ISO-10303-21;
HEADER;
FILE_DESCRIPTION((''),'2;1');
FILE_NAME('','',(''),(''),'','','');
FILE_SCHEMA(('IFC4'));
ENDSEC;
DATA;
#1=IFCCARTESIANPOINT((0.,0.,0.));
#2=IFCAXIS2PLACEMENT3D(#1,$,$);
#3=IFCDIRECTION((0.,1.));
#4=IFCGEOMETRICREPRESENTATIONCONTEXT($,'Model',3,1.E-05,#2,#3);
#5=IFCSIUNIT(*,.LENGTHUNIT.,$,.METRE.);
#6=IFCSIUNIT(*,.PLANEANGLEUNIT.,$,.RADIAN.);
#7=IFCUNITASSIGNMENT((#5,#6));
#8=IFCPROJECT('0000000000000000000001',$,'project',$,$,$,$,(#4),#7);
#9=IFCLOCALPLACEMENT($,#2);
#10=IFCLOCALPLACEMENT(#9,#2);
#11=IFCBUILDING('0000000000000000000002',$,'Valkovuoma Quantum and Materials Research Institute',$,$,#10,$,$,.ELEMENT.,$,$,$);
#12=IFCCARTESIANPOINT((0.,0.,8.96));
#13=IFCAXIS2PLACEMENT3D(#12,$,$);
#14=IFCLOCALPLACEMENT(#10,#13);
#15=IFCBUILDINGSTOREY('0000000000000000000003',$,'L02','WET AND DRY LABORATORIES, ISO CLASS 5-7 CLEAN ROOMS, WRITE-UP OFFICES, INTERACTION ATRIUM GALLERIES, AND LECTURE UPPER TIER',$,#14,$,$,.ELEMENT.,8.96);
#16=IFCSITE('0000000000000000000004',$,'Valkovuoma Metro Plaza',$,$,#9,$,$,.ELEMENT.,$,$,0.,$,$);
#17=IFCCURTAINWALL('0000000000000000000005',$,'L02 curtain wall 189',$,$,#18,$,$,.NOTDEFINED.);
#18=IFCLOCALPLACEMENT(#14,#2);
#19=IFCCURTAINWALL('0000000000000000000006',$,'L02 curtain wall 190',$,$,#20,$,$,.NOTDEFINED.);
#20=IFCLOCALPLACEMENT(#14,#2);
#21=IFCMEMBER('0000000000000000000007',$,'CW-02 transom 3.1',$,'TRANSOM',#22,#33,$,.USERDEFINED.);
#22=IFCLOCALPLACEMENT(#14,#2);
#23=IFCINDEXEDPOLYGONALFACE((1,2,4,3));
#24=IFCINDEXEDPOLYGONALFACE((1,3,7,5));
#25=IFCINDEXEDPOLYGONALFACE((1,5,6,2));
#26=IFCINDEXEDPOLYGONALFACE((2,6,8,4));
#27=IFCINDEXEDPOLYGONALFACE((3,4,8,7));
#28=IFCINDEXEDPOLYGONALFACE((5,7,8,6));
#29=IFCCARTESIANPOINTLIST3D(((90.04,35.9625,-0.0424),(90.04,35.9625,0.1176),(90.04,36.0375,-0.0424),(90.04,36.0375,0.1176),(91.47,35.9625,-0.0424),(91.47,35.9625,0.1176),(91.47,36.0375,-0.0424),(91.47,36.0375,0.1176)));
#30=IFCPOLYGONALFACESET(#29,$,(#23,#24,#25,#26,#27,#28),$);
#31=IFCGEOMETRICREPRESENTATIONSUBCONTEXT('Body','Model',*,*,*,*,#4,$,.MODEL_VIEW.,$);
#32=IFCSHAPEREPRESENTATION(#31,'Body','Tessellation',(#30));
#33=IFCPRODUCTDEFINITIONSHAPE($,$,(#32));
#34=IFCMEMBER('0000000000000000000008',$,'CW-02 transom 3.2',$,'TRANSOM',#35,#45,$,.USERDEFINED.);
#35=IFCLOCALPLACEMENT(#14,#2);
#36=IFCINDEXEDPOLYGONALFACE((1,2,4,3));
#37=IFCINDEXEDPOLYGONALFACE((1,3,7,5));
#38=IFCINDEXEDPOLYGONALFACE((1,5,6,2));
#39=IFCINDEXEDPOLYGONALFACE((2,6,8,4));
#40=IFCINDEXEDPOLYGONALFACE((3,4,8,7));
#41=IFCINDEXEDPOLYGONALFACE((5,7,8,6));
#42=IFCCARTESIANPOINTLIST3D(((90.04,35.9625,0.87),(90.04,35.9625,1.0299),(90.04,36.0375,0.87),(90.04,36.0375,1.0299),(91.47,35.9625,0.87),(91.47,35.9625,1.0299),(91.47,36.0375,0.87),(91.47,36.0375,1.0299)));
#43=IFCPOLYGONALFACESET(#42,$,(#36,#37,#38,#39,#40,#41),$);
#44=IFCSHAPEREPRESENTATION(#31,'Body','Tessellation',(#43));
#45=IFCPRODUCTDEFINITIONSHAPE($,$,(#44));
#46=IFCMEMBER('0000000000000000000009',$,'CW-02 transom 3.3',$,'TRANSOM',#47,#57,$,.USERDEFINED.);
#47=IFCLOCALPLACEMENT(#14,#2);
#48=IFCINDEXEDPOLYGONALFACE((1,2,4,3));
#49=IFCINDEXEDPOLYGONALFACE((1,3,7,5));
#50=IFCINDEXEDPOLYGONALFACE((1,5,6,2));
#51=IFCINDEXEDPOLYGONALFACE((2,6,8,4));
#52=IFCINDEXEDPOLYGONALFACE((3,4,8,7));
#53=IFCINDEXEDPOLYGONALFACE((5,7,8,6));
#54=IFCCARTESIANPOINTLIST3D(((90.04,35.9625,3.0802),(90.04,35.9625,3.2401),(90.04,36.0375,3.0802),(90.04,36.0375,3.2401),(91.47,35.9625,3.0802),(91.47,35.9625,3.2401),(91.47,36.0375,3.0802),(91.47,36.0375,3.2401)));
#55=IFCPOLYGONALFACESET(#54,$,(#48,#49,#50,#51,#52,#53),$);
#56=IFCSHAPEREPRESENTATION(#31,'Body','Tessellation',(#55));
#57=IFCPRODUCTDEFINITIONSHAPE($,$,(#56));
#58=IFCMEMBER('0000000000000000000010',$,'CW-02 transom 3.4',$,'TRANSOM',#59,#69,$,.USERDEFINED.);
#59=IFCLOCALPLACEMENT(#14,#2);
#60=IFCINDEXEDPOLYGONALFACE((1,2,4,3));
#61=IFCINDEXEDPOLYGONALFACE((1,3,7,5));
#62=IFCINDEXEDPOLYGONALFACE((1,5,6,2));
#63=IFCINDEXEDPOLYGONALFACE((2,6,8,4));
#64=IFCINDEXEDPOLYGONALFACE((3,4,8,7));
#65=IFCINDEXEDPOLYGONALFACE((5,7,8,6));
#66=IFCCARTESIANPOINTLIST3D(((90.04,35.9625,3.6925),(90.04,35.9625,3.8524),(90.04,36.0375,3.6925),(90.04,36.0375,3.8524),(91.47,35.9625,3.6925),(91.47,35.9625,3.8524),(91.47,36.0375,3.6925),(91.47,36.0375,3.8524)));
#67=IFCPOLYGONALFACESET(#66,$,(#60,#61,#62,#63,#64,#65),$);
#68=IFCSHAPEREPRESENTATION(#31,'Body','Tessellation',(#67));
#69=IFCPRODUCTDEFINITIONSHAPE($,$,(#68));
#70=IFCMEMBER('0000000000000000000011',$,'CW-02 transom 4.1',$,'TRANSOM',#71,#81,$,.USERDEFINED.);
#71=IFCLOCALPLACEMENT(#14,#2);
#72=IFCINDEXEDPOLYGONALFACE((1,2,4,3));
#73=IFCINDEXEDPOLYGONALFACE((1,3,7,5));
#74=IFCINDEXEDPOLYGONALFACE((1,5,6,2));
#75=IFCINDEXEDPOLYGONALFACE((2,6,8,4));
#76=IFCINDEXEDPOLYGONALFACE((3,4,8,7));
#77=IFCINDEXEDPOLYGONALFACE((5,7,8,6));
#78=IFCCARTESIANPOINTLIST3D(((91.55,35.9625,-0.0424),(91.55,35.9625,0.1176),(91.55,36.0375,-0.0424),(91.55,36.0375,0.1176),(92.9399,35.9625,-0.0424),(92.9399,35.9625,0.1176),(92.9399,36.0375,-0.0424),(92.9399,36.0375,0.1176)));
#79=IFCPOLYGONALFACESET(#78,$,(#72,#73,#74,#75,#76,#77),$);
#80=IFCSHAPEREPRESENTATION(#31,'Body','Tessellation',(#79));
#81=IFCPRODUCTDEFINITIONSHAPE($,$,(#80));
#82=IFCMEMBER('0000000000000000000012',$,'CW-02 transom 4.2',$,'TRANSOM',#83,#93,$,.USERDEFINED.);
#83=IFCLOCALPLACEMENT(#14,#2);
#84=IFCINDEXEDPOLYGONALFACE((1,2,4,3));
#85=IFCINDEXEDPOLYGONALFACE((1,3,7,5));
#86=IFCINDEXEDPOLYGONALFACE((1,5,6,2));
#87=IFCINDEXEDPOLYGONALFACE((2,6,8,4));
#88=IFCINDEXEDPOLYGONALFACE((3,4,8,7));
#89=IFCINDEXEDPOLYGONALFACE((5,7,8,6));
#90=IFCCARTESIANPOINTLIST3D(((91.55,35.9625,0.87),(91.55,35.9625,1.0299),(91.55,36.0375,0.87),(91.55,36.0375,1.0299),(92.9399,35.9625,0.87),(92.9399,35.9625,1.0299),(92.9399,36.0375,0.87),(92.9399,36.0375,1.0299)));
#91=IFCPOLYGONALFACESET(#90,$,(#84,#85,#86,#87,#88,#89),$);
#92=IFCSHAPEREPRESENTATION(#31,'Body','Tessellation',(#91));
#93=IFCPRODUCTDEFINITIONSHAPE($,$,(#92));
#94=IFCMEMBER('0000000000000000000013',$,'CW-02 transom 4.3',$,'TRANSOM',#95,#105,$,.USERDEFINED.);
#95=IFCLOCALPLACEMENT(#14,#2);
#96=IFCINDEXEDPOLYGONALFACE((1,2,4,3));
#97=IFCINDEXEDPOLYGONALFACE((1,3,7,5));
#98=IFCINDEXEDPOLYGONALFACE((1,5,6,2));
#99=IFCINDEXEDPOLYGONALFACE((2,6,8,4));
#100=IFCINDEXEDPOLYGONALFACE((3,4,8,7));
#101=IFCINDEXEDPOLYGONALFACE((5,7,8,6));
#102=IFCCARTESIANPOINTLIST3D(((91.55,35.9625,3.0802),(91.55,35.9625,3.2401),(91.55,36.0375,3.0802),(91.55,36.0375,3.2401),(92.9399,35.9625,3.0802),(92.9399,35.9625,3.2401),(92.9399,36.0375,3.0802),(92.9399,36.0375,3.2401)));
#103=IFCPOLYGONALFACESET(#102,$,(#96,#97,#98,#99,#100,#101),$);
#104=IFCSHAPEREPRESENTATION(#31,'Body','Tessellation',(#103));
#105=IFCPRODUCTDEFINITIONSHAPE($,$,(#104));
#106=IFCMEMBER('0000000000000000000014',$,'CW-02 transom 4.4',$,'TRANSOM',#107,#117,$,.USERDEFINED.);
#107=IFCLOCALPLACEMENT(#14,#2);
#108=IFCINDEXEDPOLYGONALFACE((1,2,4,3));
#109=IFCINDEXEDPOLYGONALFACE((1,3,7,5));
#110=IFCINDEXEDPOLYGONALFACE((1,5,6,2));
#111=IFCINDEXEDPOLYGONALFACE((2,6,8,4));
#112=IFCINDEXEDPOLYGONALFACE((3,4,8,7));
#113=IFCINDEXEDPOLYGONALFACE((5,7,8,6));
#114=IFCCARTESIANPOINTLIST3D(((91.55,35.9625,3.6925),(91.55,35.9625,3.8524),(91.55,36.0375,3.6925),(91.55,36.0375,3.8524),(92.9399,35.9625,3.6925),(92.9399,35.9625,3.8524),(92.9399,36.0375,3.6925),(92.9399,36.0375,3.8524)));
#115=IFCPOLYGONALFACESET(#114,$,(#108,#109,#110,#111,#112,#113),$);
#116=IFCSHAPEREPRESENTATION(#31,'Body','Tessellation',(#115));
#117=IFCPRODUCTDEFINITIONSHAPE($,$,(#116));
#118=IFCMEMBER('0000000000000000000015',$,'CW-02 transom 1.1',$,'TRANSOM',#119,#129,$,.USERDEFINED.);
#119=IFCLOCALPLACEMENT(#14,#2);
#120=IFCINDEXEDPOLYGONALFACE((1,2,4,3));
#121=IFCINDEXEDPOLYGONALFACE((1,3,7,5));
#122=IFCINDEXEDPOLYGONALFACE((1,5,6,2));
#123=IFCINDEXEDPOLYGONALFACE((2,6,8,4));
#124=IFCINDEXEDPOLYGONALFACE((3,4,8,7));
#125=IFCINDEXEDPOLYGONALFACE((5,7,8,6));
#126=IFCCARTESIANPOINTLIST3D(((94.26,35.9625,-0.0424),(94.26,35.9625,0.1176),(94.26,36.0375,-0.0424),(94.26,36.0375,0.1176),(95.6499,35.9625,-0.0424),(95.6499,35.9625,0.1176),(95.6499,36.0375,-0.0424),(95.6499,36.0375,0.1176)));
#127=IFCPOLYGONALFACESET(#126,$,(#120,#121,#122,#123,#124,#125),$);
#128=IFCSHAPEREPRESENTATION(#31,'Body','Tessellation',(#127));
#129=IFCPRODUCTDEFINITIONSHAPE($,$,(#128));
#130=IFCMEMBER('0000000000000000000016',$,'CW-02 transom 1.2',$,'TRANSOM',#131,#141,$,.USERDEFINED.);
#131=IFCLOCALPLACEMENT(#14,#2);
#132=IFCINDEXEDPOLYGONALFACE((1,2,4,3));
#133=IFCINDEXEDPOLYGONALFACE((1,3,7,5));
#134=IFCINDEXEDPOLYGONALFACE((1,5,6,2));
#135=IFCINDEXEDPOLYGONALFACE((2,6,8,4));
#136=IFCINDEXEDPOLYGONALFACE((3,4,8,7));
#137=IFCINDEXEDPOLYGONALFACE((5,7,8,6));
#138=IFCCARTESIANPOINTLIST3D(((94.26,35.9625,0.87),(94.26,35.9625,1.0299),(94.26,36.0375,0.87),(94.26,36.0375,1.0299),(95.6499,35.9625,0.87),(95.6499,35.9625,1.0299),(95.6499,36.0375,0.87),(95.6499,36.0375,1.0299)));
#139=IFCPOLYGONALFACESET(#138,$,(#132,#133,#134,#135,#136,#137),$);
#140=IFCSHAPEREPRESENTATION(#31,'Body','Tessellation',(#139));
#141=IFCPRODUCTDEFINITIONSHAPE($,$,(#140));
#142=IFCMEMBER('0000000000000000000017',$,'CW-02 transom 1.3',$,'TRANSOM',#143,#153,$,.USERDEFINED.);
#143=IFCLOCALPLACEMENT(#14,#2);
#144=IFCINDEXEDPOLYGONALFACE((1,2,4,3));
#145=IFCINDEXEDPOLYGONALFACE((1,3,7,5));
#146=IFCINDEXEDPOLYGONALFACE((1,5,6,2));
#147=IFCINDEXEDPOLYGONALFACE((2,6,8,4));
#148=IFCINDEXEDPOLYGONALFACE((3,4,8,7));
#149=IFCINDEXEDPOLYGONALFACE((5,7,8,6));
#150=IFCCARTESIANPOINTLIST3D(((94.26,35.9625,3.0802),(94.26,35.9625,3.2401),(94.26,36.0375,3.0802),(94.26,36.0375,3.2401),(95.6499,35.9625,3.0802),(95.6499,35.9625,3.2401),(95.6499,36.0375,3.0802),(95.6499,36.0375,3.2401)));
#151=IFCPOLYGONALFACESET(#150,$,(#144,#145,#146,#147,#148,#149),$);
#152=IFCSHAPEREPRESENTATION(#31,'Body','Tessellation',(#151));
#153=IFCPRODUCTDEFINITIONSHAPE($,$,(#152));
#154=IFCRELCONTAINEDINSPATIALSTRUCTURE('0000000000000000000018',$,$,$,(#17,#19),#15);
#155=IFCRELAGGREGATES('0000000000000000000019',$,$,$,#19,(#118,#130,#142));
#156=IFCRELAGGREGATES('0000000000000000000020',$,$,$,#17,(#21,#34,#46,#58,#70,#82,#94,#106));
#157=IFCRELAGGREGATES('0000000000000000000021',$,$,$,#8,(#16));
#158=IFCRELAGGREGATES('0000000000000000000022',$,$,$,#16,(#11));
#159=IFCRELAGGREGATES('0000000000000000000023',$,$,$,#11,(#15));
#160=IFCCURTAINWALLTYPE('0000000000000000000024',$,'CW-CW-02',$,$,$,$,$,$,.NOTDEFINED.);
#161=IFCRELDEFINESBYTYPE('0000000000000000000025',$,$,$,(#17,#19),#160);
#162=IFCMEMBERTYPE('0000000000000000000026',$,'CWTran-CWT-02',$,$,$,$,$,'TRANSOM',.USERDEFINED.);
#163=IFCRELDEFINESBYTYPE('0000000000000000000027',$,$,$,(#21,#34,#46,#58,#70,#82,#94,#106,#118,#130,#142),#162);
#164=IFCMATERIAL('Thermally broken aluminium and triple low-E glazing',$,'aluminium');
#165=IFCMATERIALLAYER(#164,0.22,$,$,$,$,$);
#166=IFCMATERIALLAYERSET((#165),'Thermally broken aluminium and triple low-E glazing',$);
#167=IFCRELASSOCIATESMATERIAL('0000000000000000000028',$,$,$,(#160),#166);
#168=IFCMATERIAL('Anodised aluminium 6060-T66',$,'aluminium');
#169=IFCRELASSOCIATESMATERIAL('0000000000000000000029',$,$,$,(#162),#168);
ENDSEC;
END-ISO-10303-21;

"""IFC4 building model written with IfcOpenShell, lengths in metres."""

from ifc_helpers import new_model, si_unit, direction, frame, origin, origin_2d, place, context, subcontext, project, spatial, rectangle, extrude, material, layer, layer_set, material_profile, profile_set, type_object, element, aggregate, save


model = new_model("IFC4")

# Units and contexts
model_context = context("Model", 3, precision=1e-05, world=origin(), true_north=direction((0.0, 1.0)))
body_context = subcontext(model_context, "Body", "Model", "MODEL_VIEW")
ifc_project = project(units=[si_unit("LENGTHUNIT", "METRE"), si_unit("PLANEANGLEUNIT", "RADIAN")], contexts=[model_context])

# Site, building, storey
site_placement = place(None, origin())
site = spatial("IfcSite", under=ifc_project, at=site_placement, Name="Valkovuoma Metro Plaza", CompositionType="ELEMENT", RefElevation=0.0)
building_placement = place(site_placement, origin())
building = spatial("IfcBuilding", under=site, at=building_placement, Name="Valkovuoma Quantum and Materials Research Institute", CompositionType="ELEMENT")
storey_placement = place(building_placement, frame((0.0, 0.0, 8.96)))
storey = spatial("IfcBuildingStorey", under=building, at=storey_placement, Name="L02", Description="WET AND DRY LABORATORIES, ISO CLASS 5-7 CLEAN ROOMS, WRITE-UP OFFICES, INTERACTION ATRIUM GALLERIES, AND LECTURE UPPER TIER", CompositionType="ELEMENT", Elevation=8.96)

# Curtain wall
ifc_material_1 = material(Name="Thermally broken aluminium and triple low-E glazing", Category="aluminium")
ifc_layer_1 = layer(ifc_material_1, 0.22)
ifc_layer_set_1 = layer_set([ifc_layer_1], Name="Thermally broken aluminium and triple low-E glazing")
curtain_wall_type = type_object("IfcCurtainWallType", Name="CW-CW-02", PredefinedType="NOTDEFINED", material=ifc_layer_set_1)
curtain_wall_1_placement = place(storey_placement, origin())
curtain_wall_1 = element("IfcCurtainWall", 1, at=curtain_wall_1_placement, inside=storey, type_object=curtain_wall_type, Name="L02 curtain wall 189", PredefinedType="NOTDEFINED")

# Curtain wall
curtain_wall_2_placement = place(storey_placement, origin())
curtain_wall_2 = element("IfcCurtainWall", 2, at=curtain_wall_2_placement, inside=storey, type_object=curtain_wall_type, Name="L02 curtain wall 190", PredefinedType="NOTDEFINED")

# Members
ifc_material_2 = material(Name="Anodised aluminium 6060-T66", Category="aluminium")
ifc_material_profile_1 = material_profile(ifc_material_2, rectangle(XDim=0.075, YDim=0.1599, at=origin_2d()), Name="Anodised aluminium 6060-T66")
ifc_profile_set_1 = profile_set([ifc_material_profile_1], Name="Anodised aluminium 6060-T66")
member_type_1 = type_object("IfcMemberType", Name="CWTran-CWT-02", ElementType="TRANSOM", PredefinedType="USERDEFINED", material=ifc_profile_set_1)
member_1_placement = place(storey_placement, frame((90.04, 36.0, 0.0376), z_axis=(1.0, 0.0, 0.0), x_axis=(0.0, 1.0, 0.0)))
member_1 = element("IfcMember", 3, at=member_1_placement, type_object=member_type_1, Name="CW-02 transom 3.1", ObjectType="TRANSOM", PredefinedType="USERDEFINED", context=body_context, shape_type="SweptSolid", body=[
    extrude(rectangle(XDim=0.075, YDim=0.1599, at=origin_2d()), origin(), (0.0, 0.0, 1.0), 1.4299),
])
member_2_placement = place(storey_placement, frame((90.04, 36.0, 0.95), z_axis=(1.0, 0.0, 0.0), x_axis=(0.0, 1.0, 0.0)))
member_2 = element("IfcMember", 4, at=member_2_placement, type_object=member_type_1, Name="CW-02 transom 3.2", ObjectType="TRANSOM", PredefinedType="USERDEFINED", context=body_context, shape_type="SweptSolid", body=[
    extrude(rectangle(XDim=0.075, YDim=0.1599, at=origin_2d()), origin(), (0.0, 0.0, 1.0), 1.4299),
])
member_3_placement = place(storey_placement, frame((90.04, 36.0, 3.1602), z_axis=(1.0, 0.0, 0.0), x_axis=(0.0, 1.0, 0.0)))
member_3 = element("IfcMember", 5, at=member_3_placement, type_object=member_type_1, Name="CW-02 transom 3.3", ObjectType="TRANSOM", PredefinedType="USERDEFINED", context=body_context, shape_type="SweptSolid", body=[
    extrude(rectangle(XDim=0.075, YDim=0.1599, at=origin_2d()), origin(), (0.0, 0.0, 1.0), 1.4299),
])
member_4_placement = place(storey_placement, frame((90.04, 36.0, 3.7725), z_axis=(1.0, 0.0, 0.0), x_axis=(0.0, 1.0, 0.0)))
member_4 = element("IfcMember", 6, at=member_4_placement, type_object=member_type_1, Name="CW-02 transom 3.4", ObjectType="TRANSOM", PredefinedType="USERDEFINED", context=body_context, shape_type="SweptSolid", body=[
    extrude(rectangle(XDim=0.075, YDim=0.1599, at=origin_2d()), origin(), (0.0, 0.0, 1.0), 1.4299),
])
member_5_placement = place(storey_placement, frame((91.55, 36.0, 0.0376), z_axis=(1.0, 0.0, 0.0), x_axis=(0.0, 1.0, 0.0)))
member_5 = element("IfcMember", 7, at=member_5_placement, type_object=member_type_1, Name="CW-02 transom 4.1", ObjectType="TRANSOM", PredefinedType="USERDEFINED", context=body_context, shape_type="SweptSolid", body=[
    extrude(rectangle(XDim=0.075, YDim=0.1599, at=origin_2d()), origin(), (0.0, 0.0, 1.0), 1.3899),
])
member_6_placement = place(storey_placement, frame((91.55, 36.0, 0.95), z_axis=(1.0, 0.0, 0.0), x_axis=(0.0, 1.0, 0.0)))
member_6 = element("IfcMember", 8, at=member_6_placement, type_object=member_type_1, Name="CW-02 transom 4.2", ObjectType="TRANSOM", PredefinedType="USERDEFINED", context=body_context, shape_type="SweptSolid", body=[
    extrude(rectangle(XDim=0.075, YDim=0.1599, at=origin_2d()), origin(), (0.0, 0.0, 1.0), 1.3899),
])
member_7_placement = place(storey_placement, frame((91.55, 36.0, 3.1602), z_axis=(1.0, 0.0, 0.0), x_axis=(0.0, 1.0, 0.0)))
member_7 = element("IfcMember", 9, at=member_7_placement, type_object=member_type_1, Name="CW-02 transom 4.3", ObjectType="TRANSOM", PredefinedType="USERDEFINED", context=body_context, shape_type="SweptSolid", body=[
    extrude(rectangle(XDim=0.075, YDim=0.1599, at=origin_2d()), origin(), (0.0, 0.0, 1.0), 1.3899),
])
member_8_placement = place(storey_placement, frame((91.55, 36.0, 3.7725), z_axis=(1.0, 0.0, 0.0), x_axis=(0.0, 1.0, 0.0)))
member_8 = element("IfcMember", 10, at=member_8_placement, type_object=member_type_1, Name="CW-02 transom 4.4", ObjectType="TRANSOM", PredefinedType="USERDEFINED", context=body_context, shape_type="SweptSolid", body=[
    extrude(rectangle(XDim=0.075, YDim=0.1599, at=origin_2d()), origin(), (0.0, 0.0, 1.0), 1.3899),
])
member_9_placement = place(storey_placement, frame((94.26, 36.0, 0.0376), z_axis=(1.0, 0.0, 0.0), x_axis=(0.0, 1.0, 0.0)))
member_9 = element("IfcMember", 11, at=member_9_placement, type_object=member_type_1, Name="CW-02 transom 1.1", ObjectType="TRANSOM", PredefinedType="USERDEFINED", context=body_context, shape_type="SweptSolid", body=[
    extrude(rectangle(XDim=0.075, YDim=0.1599, at=origin_2d()), origin(), (0.0, 0.0, 1.0), 1.3899),
])
member_10_placement = place(storey_placement, frame((94.26, 36.0, 0.95), z_axis=(1.0, 0.0, 0.0), x_axis=(0.0, 1.0, 0.0)))
member_10 = element("IfcMember", 12, at=member_10_placement, type_object=member_type_1, Name="CW-02 transom 1.2", ObjectType="TRANSOM", PredefinedType="USERDEFINED", context=body_context, shape_type="SweptSolid", body=[
    extrude(rectangle(XDim=0.075, YDim=0.1599, at=origin_2d()), origin(), (0.0, 0.0, 1.0), 1.3899),
])
member_11_placement = place(storey_placement, frame((94.26, 36.0, 3.1602), z_axis=(1.0, 0.0, 0.0), x_axis=(0.0, 1.0, 0.0)))
member_11 = element("IfcMember", 13, at=member_11_placement, type_object=member_type_1, Name="CW-02 transom 1.3", ObjectType="TRANSOM", PredefinedType="USERDEFINED", context=body_context, shape_type="SweptSolid", body=[
    extrude(rectangle(XDim=0.075, YDim=0.1599, at=origin_2d()), origin(), (0.0, 0.0, 1.0), 1.3899),
])
aggregate(curtain_wall_2, [member_9, member_10, member_11])

aggregate(curtain_wall_1, [member_1, member_2, member_3, member_4, member_5, member_6, member_7, member_8])

save(model, "model.ifc")
